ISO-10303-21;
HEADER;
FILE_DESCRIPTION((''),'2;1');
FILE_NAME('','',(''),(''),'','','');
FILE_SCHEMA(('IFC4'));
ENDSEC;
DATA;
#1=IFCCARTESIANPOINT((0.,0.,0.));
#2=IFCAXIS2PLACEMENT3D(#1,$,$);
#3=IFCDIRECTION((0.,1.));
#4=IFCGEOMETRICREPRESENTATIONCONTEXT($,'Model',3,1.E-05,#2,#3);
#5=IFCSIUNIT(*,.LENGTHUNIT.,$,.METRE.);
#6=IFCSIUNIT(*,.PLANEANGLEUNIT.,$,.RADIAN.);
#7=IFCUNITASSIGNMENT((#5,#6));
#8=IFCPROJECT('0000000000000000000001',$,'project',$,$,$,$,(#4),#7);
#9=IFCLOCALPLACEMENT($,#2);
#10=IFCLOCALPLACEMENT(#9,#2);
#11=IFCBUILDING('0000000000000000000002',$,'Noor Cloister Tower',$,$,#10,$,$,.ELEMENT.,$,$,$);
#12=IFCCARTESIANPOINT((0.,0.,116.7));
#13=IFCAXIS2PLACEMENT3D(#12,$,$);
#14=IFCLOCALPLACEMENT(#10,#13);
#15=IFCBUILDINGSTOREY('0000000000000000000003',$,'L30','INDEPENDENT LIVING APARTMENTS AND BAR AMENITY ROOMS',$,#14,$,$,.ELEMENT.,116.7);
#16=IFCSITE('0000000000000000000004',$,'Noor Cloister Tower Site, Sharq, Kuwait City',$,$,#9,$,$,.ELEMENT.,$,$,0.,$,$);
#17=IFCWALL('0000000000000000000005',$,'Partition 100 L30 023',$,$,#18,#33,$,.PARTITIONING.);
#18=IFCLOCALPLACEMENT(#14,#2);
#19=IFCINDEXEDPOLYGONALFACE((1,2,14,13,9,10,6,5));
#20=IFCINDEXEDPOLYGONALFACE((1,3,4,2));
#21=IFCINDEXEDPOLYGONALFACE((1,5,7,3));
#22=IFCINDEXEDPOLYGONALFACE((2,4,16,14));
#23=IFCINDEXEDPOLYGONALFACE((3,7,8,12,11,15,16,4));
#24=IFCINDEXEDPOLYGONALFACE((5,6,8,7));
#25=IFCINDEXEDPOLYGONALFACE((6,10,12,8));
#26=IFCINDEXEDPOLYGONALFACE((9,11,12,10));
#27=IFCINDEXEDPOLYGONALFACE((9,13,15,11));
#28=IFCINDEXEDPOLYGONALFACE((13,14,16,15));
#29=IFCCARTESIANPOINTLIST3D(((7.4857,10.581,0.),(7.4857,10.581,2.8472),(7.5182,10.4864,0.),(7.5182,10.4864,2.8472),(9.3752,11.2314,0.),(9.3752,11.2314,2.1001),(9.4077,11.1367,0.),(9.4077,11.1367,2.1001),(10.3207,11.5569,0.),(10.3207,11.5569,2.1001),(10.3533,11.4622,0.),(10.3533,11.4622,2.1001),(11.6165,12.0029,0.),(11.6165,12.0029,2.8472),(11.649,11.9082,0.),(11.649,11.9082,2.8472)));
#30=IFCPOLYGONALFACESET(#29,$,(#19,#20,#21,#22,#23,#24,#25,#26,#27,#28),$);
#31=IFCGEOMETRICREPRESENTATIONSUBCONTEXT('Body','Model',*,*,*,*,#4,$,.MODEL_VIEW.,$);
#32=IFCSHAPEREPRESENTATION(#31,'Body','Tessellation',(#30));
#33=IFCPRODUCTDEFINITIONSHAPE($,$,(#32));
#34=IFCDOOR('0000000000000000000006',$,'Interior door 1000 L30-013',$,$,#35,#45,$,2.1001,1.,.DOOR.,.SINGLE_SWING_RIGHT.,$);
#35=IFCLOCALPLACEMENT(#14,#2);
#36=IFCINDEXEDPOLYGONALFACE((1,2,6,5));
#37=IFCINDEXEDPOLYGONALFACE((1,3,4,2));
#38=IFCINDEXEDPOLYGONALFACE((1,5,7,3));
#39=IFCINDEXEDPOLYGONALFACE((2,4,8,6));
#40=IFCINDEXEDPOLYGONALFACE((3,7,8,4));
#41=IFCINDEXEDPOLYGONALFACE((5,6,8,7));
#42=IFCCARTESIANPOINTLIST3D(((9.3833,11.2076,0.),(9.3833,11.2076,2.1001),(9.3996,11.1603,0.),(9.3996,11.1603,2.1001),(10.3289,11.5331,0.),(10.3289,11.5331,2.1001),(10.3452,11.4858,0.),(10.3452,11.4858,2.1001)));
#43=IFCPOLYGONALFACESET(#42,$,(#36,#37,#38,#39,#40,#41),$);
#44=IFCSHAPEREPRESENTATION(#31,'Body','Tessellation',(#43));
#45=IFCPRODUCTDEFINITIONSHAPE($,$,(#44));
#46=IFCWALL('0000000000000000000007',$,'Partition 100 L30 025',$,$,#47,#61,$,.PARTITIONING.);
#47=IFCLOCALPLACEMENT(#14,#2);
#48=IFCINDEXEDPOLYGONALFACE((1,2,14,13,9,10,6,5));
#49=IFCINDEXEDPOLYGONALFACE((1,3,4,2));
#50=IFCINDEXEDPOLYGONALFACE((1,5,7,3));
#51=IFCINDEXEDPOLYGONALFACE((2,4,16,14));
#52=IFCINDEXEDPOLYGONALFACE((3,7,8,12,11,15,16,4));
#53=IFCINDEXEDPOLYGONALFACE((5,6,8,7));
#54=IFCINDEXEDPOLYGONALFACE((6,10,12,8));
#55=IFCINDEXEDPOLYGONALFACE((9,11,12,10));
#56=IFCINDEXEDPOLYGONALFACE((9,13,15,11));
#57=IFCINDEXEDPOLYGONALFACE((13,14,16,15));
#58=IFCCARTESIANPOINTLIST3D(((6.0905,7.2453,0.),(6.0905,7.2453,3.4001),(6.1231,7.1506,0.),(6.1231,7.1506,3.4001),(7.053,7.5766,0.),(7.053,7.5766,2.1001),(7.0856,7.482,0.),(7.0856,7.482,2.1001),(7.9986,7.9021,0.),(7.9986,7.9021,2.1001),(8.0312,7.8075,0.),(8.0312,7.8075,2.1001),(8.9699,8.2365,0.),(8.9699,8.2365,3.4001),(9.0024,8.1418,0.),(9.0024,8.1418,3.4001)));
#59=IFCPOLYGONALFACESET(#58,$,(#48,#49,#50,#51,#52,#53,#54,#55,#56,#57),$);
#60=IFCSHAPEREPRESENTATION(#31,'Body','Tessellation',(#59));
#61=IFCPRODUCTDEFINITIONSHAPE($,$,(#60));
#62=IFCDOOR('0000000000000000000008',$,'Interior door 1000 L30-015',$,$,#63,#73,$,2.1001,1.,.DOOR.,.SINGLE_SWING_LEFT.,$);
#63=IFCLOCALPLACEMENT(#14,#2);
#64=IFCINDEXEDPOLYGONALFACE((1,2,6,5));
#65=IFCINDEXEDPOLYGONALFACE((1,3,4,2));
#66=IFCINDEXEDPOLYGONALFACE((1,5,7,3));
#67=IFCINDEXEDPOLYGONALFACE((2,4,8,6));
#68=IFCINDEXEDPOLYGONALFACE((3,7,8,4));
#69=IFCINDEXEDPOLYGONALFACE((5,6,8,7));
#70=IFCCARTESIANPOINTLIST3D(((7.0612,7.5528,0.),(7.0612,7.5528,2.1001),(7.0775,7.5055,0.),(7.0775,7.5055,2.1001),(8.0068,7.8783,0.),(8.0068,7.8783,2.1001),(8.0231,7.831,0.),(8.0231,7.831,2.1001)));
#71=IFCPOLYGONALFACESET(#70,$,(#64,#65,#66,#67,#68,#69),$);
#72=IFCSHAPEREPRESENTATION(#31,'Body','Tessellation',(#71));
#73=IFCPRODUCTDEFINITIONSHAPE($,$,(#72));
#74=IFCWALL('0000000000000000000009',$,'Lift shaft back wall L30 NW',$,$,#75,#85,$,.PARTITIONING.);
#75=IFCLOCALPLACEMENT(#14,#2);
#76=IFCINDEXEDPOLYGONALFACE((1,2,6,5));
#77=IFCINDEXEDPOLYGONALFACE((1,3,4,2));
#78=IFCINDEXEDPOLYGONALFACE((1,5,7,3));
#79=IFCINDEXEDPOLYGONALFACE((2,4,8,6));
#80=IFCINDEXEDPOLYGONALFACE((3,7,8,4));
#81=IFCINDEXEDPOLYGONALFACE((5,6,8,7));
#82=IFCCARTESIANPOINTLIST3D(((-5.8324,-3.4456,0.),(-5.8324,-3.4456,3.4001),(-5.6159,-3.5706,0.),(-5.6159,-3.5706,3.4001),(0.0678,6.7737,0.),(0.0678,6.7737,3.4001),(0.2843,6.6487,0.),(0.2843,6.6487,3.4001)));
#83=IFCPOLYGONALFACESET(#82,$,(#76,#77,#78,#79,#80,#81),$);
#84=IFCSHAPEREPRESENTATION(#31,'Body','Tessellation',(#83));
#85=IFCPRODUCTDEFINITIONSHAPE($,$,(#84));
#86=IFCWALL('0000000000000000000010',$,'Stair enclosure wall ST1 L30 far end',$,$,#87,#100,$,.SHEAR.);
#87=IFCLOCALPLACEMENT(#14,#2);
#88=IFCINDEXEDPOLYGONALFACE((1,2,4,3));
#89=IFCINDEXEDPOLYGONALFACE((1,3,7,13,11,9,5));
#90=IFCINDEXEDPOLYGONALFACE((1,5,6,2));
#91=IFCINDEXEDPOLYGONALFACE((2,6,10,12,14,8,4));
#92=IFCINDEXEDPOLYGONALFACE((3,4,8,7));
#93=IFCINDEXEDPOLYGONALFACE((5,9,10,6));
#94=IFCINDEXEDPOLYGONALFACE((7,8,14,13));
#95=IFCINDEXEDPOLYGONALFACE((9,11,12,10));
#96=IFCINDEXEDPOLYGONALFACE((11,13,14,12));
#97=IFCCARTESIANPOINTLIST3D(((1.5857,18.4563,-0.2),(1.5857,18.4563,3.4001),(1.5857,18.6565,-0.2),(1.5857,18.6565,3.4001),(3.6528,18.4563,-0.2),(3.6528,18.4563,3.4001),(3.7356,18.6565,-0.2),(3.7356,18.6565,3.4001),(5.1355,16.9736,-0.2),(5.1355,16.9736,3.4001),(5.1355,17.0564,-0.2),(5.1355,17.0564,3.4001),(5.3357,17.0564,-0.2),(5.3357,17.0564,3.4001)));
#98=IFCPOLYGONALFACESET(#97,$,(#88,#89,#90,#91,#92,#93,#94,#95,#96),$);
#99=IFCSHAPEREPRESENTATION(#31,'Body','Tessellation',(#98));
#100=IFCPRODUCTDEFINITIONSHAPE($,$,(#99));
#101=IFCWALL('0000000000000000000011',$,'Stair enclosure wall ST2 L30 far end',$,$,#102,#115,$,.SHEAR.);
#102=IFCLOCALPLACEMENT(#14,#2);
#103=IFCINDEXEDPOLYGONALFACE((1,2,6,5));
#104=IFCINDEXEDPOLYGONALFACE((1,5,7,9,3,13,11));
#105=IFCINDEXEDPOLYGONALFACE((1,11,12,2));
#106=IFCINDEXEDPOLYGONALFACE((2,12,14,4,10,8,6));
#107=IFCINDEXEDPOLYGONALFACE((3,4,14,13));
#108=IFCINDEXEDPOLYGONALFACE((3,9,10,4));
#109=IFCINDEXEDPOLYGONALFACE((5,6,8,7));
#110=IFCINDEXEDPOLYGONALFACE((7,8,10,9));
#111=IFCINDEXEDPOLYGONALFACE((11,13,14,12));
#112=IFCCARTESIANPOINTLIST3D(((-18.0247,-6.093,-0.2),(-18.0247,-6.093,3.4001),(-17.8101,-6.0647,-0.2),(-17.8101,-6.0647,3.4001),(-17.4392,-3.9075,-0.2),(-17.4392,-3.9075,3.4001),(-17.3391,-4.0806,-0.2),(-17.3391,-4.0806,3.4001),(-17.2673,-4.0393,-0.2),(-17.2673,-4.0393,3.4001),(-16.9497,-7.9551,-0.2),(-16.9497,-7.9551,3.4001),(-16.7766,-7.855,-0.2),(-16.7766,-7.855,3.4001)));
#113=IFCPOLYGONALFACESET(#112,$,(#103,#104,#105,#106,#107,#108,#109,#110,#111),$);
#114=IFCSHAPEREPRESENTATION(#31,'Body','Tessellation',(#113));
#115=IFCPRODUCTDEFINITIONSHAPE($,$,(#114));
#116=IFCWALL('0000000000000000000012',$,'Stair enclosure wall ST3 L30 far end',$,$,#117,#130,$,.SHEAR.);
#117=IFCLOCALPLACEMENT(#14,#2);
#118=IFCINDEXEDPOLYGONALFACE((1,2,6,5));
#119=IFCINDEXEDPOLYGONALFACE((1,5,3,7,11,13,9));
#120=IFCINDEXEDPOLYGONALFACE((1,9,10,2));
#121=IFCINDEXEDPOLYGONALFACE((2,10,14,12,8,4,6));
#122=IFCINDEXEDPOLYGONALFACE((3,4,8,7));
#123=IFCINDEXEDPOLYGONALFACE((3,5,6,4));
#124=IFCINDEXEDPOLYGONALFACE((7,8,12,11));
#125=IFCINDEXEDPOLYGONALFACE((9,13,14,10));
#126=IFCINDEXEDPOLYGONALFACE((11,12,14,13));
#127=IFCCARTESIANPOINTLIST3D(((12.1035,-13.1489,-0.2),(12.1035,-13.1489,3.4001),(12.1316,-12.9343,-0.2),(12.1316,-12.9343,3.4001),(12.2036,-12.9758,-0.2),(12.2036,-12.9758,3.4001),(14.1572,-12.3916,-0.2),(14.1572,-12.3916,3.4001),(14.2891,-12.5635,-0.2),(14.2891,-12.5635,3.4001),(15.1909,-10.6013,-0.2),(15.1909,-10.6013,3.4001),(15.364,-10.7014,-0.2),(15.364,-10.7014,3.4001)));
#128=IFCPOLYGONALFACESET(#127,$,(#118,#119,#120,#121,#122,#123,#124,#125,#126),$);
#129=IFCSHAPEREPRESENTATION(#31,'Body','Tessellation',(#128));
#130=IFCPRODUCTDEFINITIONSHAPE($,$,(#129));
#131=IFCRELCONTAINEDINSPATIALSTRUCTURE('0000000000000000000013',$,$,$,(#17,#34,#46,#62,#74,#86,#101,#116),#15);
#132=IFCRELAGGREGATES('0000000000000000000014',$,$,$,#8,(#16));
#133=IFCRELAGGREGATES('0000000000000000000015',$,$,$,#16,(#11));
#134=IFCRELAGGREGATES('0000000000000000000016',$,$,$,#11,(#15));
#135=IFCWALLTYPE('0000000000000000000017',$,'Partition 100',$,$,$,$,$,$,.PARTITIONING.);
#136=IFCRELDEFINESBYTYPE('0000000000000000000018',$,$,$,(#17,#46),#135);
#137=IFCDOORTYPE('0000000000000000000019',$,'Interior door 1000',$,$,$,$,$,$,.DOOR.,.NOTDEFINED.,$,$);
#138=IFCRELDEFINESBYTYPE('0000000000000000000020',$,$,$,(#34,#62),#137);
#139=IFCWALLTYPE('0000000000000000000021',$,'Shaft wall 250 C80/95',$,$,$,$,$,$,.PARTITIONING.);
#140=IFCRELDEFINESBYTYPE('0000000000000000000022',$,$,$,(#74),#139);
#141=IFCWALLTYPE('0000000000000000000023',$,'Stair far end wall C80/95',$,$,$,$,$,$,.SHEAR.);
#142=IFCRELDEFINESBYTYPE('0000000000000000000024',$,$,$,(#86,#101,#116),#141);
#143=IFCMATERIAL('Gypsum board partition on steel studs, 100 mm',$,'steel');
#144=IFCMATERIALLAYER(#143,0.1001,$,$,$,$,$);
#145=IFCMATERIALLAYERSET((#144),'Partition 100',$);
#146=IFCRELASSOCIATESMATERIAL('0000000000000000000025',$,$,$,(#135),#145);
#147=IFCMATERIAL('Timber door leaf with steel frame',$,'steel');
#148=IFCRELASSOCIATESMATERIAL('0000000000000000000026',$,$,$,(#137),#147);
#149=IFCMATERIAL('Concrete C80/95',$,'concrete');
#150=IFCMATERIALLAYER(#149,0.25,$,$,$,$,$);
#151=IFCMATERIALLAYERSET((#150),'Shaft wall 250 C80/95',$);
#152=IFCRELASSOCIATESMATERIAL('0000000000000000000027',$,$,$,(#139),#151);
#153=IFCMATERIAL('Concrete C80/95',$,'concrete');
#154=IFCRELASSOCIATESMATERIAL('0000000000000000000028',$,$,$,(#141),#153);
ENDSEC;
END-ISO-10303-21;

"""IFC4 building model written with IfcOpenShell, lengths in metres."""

from ifc_helpers import new_model, si_unit, direction, frame, frame_2d, origin, place, context, subcontext, project, spatial, polyline, rectangle, outline, extrude, material, layer, layer_set, type_object, element, fill, save


model = new_model("IFC4")

# Units and contexts
model_context = context("Model", 3, precision=1e-05, world=origin(), true_north=direction((0.0, 1.0)))
body_context = subcontext(model_context, "Body", "Model", "MODEL_VIEW")
ifc_project = project(units=[si_unit("LENGTHUNIT", "METRE"), si_unit("PLANEANGLEUNIT", "RADIAN")], contexts=[model_context])

# Site, building, storey
site_placement = place(None, origin())
site = spatial("IfcSite", under=ifc_project, at=site_placement, Name="Noor Cloister Tower Site, Sharq, Kuwait City", CompositionType="ELEMENT", RefElevation=0.0)
building_placement = place(site_placement, origin())
building = spatial("IfcBuilding", under=site, at=building_placement, Name="Noor Cloister Tower", CompositionType="ELEMENT")
storey_placement = place(building_placement, frame((0.0, 0.0, 116.7)))
storey = spatial("IfcBuildingStorey", under=building, at=storey_placement, Name="L30", Description="INDEPENDENT LIVING APARTMENTS AND BAR AMENITY ROOMS", CompositionType="ELEMENT", Elevation=116.7)

# Walls, openings, doors
ifc_material_1 = material(Name="Gypsum board partition on steel studs, 100 mm", Category="steel")
ifc_layer_1 = layer(ifc_material_1, 0.1001)
ifc_layer_set_1 = layer_set([ifc_layer_1], Name="Partition 100")
wall_type_1 = type_object("IfcWallType", Name="Partition 100", PredefinedType="PARTITIONING", material=ifc_layer_set_1)
wall_1_placement = place(storey_placement, frame((7.502, 10.5337, 0.0), z_axis=(0.0, 0.0, 1.0), x_axis=(0.945553, 0.325467, 0.0)))
wall_1 = element("IfcWall", 1, at=wall_1_placement, inside=storey, type_object=wall_type_1, Name="Partition 100 L30 023", PredefinedType="PARTITIONING", context=body_context, shape_type="SweptSolid", body=[
    extrude(rectangle(XDim=4.3687, YDim=0.1001, at=frame_2d((2.1843, 0.0))), origin(), (0.0, 0.0, 1.0), 2.8472),
])
opening_1_placement = place(wall_1_placement, frame((1.9983, 0.0, 0.0)))
opening_1 = element("IfcOpeningElement", 2, at=opening_1_placement, cuts=wall_1, PredefinedType="OPENING", context=body_context, shape_type="SweptSolid", body=[
    extrude(rectangle(XDim=1.0, YDim=2.1001, at=frame_2d((0.5, 1.05))), frame((0.0, 0.0601, 0.0), z_axis=(0.0, -1.0, 0.0), x_axis=(1.0, 0.0, 0.0)), (0.0, 0.0, 1.0), 0.1201),
])
ifc_material_2 = material(Name="Timber door leaf with steel frame", Category="steel")
door_type_1 = type_object("IfcDoorType", Name="Interior door 1000", OperationType="NOTDEFINED", PredefinedType="DOOR", material=ifc_material_2)
door_1_placement = place(opening_1_placement, origin())
door_1 = element("IfcDoor", 3, at=door_1_placement, inside=storey, type_object=door_type_1, Name="Interior door 1000 L30-013", OperationType="SINGLE_SWING_RIGHT", OverallHeight=2.1001, OverallWidth=1.0, PredefinedType="DOOR", context=body_context, shape_type="SweptSolid", body=[
    extrude(rectangle(XDim=1.0, YDim=2.1001, at=frame_2d((0.5, 1.05))), frame((0.0, 0.0249, 0.0), z_axis=(0.0, -1.0, 0.0), x_axis=(1.0, 0.0, 0.0)), (0.0, 0.0, 1.0), 0.05),
])
fill(opening_1, door_1)
wall_2_placement = place(storey_placement, frame((6.1069, 7.198, 0.0), z_axis=(0.0, 0.0, 1.0), x_axis=(0.945543, 0.325496, 0.0)))
wall_2 = element("IfcWall", 4, at=wall_2_placement, inside=storey, type_object=wall_type_1, Name="Partition 100 L30 025", PredefinedType="PARTITIONING", context=body_context, shape_type="SweptSolid", body=[
    extrude(rectangle(XDim=3.0452, YDim=0.1001, at=frame_2d((1.5225, 0.0))), origin(), (0.0, 0.0, 1.0), 3.4001),
])
opening_2_placement = place(wall_2_placement, frame((1.0178, 0.0, 0.0)))
opening_2 = element("IfcOpeningElement", 5, at=opening_2_placement, cuts=wall_2, PredefinedType="OPENING", context=body_context, shape_type="SweptSolid", body=[
    extrude(rectangle(XDim=1.0, YDim=2.1001, at=frame_2d((0.5, 1.05))), frame((0.0, 0.0601, 0.0), z_axis=(0.0, -1.0, 0.0), x_axis=(1.0, 0.0, 0.0)), (0.0, 0.0, 1.0), 0.1201),
])
door_2_placement = place(opening_2_placement, origin())
door_2 = element("IfcDoor", 6, at=door_2_placement, inside=storey, type_object=door_type_1, Name="Interior door 1000 L30-015", OperationType="SINGLE_SWING_LEFT", OverallHeight=2.1001, OverallWidth=1.0, PredefinedType="DOOR", context=body_context, shape_type="SweptSolid", body=[
    extrude(rectangle(XDim=1.0, YDim=2.1001, at=frame_2d((0.5, 1.05))), frame((0.0, 0.0249, 0.0), z_axis=(0.0, -1.0, 0.0), x_axis=(1.0, 0.0, 0.0)), (0.0, 0.0, 1.0), 0.05),
])
fill(opening_2, door_2)

# Walls
ifc_material_3 = material(Name="Concrete C80/95", Category="concrete")
ifc_layer_2 = layer(ifc_material_3, 0.25)
ifc_layer_set_2 = layer_set([ifc_layer_2], Name="Shaft wall 250 C80/95")
wall_type_2 = type_object("IfcWallType", Name="Shaft wall 250 C80/95", PredefinedType="PARTITIONING", material=ifc_layer_set_2)
wall_3_placement = place(storey_placement, frame((0.176, 6.7112, 0.0), z_axis=(0.0, 0.0, 1.0), x_axis=(-0.500004, -0.866023, 0.0)))
element("IfcWall", 7, at=wall_3_placement, inside=storey, type_object=wall_type_2, Name="Lift shaft back wall L30 NW", PredefinedType="PARTITIONING", context=body_context, shape_type="SweptSolid", body=[
    extrude(rectangle(XDim=11.8003, YDim=0.25, at=frame_2d((5.9001, 0.0))), origin(), (0.0, 0.0, 1.0), 3.4001),
])
ifc_material_4 = material(Name="Concrete C80/95", Category="concrete")
wall_type_3 = type_object("IfcWallType", Name="Stair far end wall C80/95", PredefinedType="SHEAR", material=ifc_material_4)
wall_4_placement = place(storey_placement, frame((0.0, 0.0, -0.2)))
element("IfcWall", 8, at=wall_4_placement, inside=storey, type_object=wall_type_3, Name="Stair enclosure wall ST1 L30 far end", PredefinedType="SHEAR", context=body_context, shape_type="SweptSolid", body=[
    extrude(outline(polyline([(5.3357, 17.0564), (3.7356, 18.6565), (1.5857, 18.6565), (1.5857, 18.4563), (3.6528, 18.4563), (5.1355, 16.9736), (5.1355, 17.0564), (5.1355, 17.0564), (5.1355, 17.0564), (5.1355, 17.0564), (5.1355, 17.0564), (5.1355, 17.0564), (5.1355, 17.0564), (5.1355, 17.0564), (5.1355, 17.0564), (5.1355, 17.0564), (5.1355, 17.0564), (5.1355, 17.0564), (5.1355, 17.0564), (5.1355, 17.0564), (5.1355, 17.0564), (5.1355, 17.0564), (5.1355, 17.0564), (5.3357, 17.0564)])), origin(), (0.0, 0.0, 1.0), 3.6001),
])
wall_5_placement = place(storey_placement, frame((0.0, 0.0, -0.2)))
element("IfcWall", 9, at=wall_5_placement, inside=storey, type_object=wall_type_3, Name="Stair enclosure wall ST2 L30 far end", PredefinedType="SHEAR", context=body_context, shape_type="SweptSolid", body=[
    extrude(outline(polyline([(-17.4392, -3.9075), (-18.0247, -6.093), (-16.9497, -7.9551), (-16.7766, -7.855), (-17.8101, -6.0647), (-17.2673, -4.0393), (-17.3391, -4.0806), (-17.3391, -4.0806), (-17.3391, -4.0806), (-17.3391, -4.0806), (-17.3391, -4.0806), (-17.3391, -4.0806), (-17.3391, -4.0806), (-17.3391, -4.0806), (-17.3391, -4.0806), (-17.3391, -4.0806), (-17.3391, -4.0806), (-17.3391, -4.0806), (-17.3391, -4.0806), (-17.3391, -4.0806), (-17.3391, -4.0806), (-17.3391, -4.0806), (-17.3391, -4.0806), (-17.4392, -3.9075)])), origin(), (0.0, 0.0, 1.0), 3.6001),
])
wall_6_placement = place(storey_placement, frame((0.0, 0.0, -0.2)))
element("IfcWall", 10, at=wall_6_placement, inside=storey, type_object=wall_type_3, Name="Stair enclosure wall ST3 L30 far end", PredefinedType="SHEAR", context=body_context, shape_type="SweptSolid", body=[
    extrude(outline(polyline([(12.1035, -13.1489), (14.2891, -12.5635), (15.364, -10.7014), (15.1909, -10.6013), (14.1572, -12.3916), (12.1316, -12.9343), (12.2036, -12.9758), (12.2036, -12.9758), (12.2036, -12.9758), (12.2036, -12.9758), (12.2036, -12.9758), (12.2036, -12.9758), (12.2036, -12.9758), (12.2036, -12.9758), (12.2036, -12.9758), (12.2036, -12.9758), (12.2036, -12.9758), (12.2036, -12.9758), (12.2036, -12.9758), (12.2036, -12.9758), (12.2036, -12.9758), (12.2036, -12.9758), (12.2036, -12.9758), (12.1035, -13.1489)])), origin(), (0.0, 0.0, 1.0), 3.6001),
])

save(model, "model.ifc")
